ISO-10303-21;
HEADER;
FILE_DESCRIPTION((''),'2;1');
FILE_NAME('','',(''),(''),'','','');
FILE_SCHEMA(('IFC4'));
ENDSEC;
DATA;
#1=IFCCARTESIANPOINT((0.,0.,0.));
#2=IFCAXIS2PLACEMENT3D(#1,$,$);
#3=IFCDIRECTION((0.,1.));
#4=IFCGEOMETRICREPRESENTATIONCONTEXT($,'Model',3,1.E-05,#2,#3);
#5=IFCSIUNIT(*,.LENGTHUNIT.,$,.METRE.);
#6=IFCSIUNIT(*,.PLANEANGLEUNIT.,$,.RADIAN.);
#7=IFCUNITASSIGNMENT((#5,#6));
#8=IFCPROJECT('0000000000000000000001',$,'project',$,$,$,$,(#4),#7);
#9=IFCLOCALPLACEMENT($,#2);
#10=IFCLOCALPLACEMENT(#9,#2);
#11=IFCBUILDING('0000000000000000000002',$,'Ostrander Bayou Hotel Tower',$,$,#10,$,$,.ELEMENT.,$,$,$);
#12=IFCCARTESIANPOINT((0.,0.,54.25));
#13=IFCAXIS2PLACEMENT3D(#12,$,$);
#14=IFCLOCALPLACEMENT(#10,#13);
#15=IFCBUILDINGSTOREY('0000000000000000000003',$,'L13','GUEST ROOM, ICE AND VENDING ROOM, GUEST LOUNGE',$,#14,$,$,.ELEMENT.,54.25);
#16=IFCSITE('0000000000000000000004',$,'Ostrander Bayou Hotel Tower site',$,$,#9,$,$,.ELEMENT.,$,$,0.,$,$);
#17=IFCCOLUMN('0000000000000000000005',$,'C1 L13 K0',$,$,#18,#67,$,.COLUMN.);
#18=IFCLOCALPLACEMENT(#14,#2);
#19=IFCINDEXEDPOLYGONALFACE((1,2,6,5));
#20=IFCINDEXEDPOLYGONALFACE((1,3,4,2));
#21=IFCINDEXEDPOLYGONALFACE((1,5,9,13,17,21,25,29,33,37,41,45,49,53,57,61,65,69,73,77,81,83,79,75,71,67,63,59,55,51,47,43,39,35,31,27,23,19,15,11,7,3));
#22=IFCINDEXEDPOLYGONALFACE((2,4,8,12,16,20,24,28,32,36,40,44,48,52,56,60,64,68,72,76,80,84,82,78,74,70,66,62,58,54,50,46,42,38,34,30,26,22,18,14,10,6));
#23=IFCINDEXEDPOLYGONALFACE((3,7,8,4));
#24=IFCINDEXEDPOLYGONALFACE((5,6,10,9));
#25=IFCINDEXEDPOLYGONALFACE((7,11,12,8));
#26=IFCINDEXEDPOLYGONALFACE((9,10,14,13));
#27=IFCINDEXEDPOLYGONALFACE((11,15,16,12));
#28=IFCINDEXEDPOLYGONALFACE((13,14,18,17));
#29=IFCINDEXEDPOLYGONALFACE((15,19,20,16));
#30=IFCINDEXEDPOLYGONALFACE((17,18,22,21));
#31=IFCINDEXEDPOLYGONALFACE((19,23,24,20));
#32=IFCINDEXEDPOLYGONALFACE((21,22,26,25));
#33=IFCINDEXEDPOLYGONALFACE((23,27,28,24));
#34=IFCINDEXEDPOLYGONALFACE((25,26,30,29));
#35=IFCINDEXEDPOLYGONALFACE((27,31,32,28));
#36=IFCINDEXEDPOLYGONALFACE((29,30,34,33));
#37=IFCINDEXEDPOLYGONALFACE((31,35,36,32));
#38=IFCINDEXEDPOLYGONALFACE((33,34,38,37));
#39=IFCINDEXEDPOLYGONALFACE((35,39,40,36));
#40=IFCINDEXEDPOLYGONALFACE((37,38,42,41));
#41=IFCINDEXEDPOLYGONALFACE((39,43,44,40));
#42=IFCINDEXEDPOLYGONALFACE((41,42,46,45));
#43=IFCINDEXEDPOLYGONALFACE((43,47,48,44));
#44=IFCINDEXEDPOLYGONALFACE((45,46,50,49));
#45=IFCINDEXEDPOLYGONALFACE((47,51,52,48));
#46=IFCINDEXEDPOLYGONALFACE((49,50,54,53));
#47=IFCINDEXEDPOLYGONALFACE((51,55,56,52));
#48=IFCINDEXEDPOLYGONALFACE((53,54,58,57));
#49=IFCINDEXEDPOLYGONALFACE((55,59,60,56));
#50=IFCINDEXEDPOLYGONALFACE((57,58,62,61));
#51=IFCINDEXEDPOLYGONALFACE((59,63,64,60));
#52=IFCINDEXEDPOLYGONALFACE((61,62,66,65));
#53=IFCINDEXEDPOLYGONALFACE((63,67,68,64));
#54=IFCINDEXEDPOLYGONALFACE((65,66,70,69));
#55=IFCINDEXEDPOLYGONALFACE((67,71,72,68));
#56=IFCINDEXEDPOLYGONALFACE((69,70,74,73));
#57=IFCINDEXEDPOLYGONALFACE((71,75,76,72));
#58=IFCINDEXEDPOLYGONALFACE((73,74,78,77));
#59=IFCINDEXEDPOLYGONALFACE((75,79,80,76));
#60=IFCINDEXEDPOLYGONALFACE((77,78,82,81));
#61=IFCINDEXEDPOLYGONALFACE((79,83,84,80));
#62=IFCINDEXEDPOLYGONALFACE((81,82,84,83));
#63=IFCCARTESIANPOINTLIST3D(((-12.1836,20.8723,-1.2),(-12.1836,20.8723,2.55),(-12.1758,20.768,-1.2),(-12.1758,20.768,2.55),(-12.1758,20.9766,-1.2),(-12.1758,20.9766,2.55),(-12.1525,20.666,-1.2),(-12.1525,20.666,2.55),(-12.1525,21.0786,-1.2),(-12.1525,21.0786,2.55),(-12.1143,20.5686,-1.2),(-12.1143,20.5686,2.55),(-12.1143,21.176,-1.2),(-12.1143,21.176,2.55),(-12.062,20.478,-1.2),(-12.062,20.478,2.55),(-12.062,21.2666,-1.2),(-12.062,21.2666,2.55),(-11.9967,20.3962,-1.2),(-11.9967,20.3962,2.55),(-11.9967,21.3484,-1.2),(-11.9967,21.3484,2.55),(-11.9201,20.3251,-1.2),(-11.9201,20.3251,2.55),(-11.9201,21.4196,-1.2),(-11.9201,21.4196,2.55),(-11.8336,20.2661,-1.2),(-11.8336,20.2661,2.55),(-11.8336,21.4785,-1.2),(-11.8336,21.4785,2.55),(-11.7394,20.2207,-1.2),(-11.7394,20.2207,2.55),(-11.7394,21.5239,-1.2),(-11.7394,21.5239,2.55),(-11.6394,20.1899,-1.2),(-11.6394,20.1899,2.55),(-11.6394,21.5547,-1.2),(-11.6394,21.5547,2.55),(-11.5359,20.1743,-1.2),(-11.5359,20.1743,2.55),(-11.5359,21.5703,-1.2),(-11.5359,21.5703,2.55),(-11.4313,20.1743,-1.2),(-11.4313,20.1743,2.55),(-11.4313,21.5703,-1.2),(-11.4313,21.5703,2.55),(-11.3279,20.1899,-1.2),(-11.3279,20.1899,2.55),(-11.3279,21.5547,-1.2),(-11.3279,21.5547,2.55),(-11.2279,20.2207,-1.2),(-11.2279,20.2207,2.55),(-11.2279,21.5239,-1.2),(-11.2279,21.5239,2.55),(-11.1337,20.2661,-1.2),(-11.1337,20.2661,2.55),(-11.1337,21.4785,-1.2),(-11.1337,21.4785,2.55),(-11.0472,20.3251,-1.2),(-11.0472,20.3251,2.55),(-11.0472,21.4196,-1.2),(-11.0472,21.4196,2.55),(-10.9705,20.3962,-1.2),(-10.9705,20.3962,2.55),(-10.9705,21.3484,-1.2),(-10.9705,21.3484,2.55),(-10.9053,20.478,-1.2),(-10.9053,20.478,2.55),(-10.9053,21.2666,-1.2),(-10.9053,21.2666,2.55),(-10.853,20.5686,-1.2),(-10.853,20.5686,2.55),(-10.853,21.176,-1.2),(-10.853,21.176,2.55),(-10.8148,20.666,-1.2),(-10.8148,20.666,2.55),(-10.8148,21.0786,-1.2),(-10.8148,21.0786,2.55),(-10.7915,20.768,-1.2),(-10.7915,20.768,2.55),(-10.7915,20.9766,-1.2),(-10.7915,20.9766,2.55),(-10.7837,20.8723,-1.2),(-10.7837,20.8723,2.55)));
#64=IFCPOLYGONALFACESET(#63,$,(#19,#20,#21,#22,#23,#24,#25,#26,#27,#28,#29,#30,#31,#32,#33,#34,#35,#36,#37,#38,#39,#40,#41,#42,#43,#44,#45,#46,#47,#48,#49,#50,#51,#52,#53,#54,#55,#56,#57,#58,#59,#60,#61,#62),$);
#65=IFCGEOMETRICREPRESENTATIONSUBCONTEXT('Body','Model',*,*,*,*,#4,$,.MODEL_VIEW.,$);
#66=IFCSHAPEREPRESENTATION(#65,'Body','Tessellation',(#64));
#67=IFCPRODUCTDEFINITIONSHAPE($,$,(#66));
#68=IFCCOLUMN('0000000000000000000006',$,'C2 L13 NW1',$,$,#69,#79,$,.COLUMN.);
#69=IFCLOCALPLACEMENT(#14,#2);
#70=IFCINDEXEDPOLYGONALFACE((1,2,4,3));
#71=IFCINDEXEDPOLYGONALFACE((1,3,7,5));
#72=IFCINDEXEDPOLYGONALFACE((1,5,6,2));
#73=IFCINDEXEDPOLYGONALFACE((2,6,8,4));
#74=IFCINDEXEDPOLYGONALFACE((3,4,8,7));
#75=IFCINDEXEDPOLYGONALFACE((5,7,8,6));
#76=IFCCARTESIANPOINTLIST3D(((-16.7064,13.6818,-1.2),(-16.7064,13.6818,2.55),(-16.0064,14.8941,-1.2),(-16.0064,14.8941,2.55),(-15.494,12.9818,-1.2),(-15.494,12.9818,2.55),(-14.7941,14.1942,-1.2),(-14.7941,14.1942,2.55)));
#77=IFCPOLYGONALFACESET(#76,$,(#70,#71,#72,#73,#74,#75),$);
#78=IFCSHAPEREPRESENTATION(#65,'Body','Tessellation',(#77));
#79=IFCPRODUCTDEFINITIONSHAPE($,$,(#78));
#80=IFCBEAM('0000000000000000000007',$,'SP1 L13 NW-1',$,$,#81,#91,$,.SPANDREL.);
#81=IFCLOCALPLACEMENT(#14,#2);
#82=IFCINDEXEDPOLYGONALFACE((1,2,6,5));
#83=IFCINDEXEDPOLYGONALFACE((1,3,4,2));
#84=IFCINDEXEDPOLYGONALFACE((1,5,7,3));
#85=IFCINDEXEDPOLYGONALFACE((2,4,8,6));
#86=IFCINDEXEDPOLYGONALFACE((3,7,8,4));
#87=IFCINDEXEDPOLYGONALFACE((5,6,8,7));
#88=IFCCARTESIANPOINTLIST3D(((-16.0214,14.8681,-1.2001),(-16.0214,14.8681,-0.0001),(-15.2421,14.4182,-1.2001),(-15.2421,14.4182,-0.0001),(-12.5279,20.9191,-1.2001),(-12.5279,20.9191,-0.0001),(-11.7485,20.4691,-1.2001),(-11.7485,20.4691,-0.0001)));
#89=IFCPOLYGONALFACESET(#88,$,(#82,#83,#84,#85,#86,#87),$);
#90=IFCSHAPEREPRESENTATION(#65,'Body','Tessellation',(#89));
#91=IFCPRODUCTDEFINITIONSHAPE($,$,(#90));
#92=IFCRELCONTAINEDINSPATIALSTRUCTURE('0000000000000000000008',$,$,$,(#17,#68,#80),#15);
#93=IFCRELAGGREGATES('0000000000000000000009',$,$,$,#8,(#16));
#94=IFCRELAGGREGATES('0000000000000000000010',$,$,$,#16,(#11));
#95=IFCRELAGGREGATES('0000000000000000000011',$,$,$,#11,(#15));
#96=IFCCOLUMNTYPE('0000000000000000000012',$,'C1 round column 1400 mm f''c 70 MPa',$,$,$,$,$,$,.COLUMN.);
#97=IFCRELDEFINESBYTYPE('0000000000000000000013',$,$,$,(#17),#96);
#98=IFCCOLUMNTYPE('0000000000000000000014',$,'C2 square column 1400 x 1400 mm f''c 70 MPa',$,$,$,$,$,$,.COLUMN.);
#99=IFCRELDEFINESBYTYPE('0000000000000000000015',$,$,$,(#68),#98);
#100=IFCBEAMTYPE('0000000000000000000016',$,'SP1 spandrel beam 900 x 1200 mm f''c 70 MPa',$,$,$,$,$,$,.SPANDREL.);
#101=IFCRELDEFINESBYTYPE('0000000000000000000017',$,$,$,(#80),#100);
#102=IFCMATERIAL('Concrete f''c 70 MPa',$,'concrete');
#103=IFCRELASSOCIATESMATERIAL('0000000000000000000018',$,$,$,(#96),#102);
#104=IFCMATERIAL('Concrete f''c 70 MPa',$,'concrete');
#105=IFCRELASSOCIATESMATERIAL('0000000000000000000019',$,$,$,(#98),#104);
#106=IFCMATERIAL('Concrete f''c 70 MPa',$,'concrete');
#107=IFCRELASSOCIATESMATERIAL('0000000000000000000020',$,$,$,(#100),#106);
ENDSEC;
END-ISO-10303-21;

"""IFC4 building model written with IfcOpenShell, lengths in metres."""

from ifc_helpers import new_model, si_unit, direction, frame, origin, origin_2d, place, context, subcontext, project, spatial, rectangle, circle, extrude, material, material_profile, profile_set, type_object, element, save


model = new_model("IFC4")

# Units and contexts
model_context = context("Model", 3, precision=1e-05, world=origin(), true_north=direction((0.0, 1.0)))
body_context = subcontext(model_context, "Body", "Model", "MODEL_VIEW")
ifc_project = project(units=[si_unit("LENGTHUNIT", "METRE"), si_unit("PLANEANGLEUNIT", "RADIAN")], contexts=[model_context])

# Site, building, storey
site_placement = place(None, origin())
site = spatial("IfcSite", under=ifc_project, at=site_placement, Name="Ostrander Bayou Hotel Tower site", CompositionType="ELEMENT", RefElevation=0.0)
building_placement = place(site_placement, origin())
building = spatial("IfcBuilding", under=site, at=building_placement, Name="Ostrander Bayou Hotel Tower", CompositionType="ELEMENT")
storey_placement = place(building_placement, frame((0.0, 0.0, 54.25)))
storey = spatial("IfcBuildingStorey", under=building, at=storey_placement, Name="L13", Description="GUEST ROOM, ICE AND VENDING ROOM, GUEST LOUNGE", CompositionType="ELEMENT", Elevation=54.25)

# Columns
ifc_material_1 = material(Name="Concrete f'c 70 MPa", Category="concrete")
ifc_material_profile_1 = material_profile(ifc_material_1, circle(Radius=0.7, at=origin_2d()))
ifc_profile_set_1 = profile_set([ifc_material_profile_1], Name="Concrete f'c 70 MPa")
column_type_1 = type_object("IfcColumnType", Name="C1 round column 1400 mm f'c 70 MPa", PredefinedType="COLUMN", material=ifc_profile_set_1)
column_1_placement = place(storey_placement, frame((-11.4836, 20.8723, -1.2), z_axis=(0.0, 0.0, 1.0), x_axis=(1.0, 0.0, 0.0)))
element("IfcColumn", 1, at=column_1_placement, inside=storey, type_object=column_type_1, Name="C1 L13 K0", PredefinedType="COLUMN", context=body_context, shape_type="SweptSolid", body=[
    extrude(circle(Radius=0.7, at=origin_2d()), origin(), (0.0, 0.0, 1.0), 3.75),
])
ifc_material_2 = material(Name="Concrete f'c 70 MPa", Category="concrete")
ifc_material_profile_2 = material_profile(ifc_material_2, rectangle(XDim=1.3999, YDim=1.3999, at=origin_2d()))
ifc_profile_set_2 = profile_set([ifc_material_profile_2], Name="Concrete f'c 70 MPa")
column_type_2 = type_object("IfcColumnType", Name="C2 square column 1400 x 1400 mm f'c 70 MPa", PredefinedType="COLUMN", material=ifc_profile_set_2)
column_2_placement = place(storey_placement, frame((-15.7502, 13.938, -1.2), z_axis=(0.0, 0.0, 1.0), x_axis=(0.5, 0.866025, 0.0)))
element("IfcColumn", 2, at=column_2_placement, inside=storey, type_object=column_type_2, Name="C2 L13 NW1", PredefinedType="COLUMN", context=body_context, shape_type="SweptSolid", body=[
    extrude(rectangle(XDim=1.3999, YDim=1.3999, at=origin_2d()), origin(), (0.0, 0.0, 1.0), 3.75),
])

# Beam
ifc_material_3 = material(Name="Concrete f'c 70 MPa", Category="concrete")
ifc_material_profile_3 = material_profile(ifc_material_3, rectangle(XDim=0.8999, YDim=1.2, at=origin_2d()))
ifc_profile_set_3 = profile_set([ifc_material_profile_3], Name="Concrete f'c 70 MPa")
beam_type = type_object("IfcBeamType", Name="SP1 spandrel beam 900 x 1200 mm f'c 70 MPa", PredefinedType="SPANDREL", material=ifc_profile_set_3)
beam_placement = place(storey_placement, frame((-12.1382, 20.6941, -0.6001), z_axis=(-0.50001, -0.86602, 0.0), x_axis=(0.86602, -0.50001, 0.0)))
element("IfcBeam", 3, at=beam_placement, inside=storey, type_object=beam_type, Name="SP1 L13 NW-1", PredefinedType="SPANDREL", context=body_context, shape_type="SweptSolid", body=[
    extrude(rectangle(XDim=0.8999, YDim=1.2, at=origin_2d()), origin(), (0.0, 0.0, 1.0), 6.9871),
])

save(model, "model.ifc")
